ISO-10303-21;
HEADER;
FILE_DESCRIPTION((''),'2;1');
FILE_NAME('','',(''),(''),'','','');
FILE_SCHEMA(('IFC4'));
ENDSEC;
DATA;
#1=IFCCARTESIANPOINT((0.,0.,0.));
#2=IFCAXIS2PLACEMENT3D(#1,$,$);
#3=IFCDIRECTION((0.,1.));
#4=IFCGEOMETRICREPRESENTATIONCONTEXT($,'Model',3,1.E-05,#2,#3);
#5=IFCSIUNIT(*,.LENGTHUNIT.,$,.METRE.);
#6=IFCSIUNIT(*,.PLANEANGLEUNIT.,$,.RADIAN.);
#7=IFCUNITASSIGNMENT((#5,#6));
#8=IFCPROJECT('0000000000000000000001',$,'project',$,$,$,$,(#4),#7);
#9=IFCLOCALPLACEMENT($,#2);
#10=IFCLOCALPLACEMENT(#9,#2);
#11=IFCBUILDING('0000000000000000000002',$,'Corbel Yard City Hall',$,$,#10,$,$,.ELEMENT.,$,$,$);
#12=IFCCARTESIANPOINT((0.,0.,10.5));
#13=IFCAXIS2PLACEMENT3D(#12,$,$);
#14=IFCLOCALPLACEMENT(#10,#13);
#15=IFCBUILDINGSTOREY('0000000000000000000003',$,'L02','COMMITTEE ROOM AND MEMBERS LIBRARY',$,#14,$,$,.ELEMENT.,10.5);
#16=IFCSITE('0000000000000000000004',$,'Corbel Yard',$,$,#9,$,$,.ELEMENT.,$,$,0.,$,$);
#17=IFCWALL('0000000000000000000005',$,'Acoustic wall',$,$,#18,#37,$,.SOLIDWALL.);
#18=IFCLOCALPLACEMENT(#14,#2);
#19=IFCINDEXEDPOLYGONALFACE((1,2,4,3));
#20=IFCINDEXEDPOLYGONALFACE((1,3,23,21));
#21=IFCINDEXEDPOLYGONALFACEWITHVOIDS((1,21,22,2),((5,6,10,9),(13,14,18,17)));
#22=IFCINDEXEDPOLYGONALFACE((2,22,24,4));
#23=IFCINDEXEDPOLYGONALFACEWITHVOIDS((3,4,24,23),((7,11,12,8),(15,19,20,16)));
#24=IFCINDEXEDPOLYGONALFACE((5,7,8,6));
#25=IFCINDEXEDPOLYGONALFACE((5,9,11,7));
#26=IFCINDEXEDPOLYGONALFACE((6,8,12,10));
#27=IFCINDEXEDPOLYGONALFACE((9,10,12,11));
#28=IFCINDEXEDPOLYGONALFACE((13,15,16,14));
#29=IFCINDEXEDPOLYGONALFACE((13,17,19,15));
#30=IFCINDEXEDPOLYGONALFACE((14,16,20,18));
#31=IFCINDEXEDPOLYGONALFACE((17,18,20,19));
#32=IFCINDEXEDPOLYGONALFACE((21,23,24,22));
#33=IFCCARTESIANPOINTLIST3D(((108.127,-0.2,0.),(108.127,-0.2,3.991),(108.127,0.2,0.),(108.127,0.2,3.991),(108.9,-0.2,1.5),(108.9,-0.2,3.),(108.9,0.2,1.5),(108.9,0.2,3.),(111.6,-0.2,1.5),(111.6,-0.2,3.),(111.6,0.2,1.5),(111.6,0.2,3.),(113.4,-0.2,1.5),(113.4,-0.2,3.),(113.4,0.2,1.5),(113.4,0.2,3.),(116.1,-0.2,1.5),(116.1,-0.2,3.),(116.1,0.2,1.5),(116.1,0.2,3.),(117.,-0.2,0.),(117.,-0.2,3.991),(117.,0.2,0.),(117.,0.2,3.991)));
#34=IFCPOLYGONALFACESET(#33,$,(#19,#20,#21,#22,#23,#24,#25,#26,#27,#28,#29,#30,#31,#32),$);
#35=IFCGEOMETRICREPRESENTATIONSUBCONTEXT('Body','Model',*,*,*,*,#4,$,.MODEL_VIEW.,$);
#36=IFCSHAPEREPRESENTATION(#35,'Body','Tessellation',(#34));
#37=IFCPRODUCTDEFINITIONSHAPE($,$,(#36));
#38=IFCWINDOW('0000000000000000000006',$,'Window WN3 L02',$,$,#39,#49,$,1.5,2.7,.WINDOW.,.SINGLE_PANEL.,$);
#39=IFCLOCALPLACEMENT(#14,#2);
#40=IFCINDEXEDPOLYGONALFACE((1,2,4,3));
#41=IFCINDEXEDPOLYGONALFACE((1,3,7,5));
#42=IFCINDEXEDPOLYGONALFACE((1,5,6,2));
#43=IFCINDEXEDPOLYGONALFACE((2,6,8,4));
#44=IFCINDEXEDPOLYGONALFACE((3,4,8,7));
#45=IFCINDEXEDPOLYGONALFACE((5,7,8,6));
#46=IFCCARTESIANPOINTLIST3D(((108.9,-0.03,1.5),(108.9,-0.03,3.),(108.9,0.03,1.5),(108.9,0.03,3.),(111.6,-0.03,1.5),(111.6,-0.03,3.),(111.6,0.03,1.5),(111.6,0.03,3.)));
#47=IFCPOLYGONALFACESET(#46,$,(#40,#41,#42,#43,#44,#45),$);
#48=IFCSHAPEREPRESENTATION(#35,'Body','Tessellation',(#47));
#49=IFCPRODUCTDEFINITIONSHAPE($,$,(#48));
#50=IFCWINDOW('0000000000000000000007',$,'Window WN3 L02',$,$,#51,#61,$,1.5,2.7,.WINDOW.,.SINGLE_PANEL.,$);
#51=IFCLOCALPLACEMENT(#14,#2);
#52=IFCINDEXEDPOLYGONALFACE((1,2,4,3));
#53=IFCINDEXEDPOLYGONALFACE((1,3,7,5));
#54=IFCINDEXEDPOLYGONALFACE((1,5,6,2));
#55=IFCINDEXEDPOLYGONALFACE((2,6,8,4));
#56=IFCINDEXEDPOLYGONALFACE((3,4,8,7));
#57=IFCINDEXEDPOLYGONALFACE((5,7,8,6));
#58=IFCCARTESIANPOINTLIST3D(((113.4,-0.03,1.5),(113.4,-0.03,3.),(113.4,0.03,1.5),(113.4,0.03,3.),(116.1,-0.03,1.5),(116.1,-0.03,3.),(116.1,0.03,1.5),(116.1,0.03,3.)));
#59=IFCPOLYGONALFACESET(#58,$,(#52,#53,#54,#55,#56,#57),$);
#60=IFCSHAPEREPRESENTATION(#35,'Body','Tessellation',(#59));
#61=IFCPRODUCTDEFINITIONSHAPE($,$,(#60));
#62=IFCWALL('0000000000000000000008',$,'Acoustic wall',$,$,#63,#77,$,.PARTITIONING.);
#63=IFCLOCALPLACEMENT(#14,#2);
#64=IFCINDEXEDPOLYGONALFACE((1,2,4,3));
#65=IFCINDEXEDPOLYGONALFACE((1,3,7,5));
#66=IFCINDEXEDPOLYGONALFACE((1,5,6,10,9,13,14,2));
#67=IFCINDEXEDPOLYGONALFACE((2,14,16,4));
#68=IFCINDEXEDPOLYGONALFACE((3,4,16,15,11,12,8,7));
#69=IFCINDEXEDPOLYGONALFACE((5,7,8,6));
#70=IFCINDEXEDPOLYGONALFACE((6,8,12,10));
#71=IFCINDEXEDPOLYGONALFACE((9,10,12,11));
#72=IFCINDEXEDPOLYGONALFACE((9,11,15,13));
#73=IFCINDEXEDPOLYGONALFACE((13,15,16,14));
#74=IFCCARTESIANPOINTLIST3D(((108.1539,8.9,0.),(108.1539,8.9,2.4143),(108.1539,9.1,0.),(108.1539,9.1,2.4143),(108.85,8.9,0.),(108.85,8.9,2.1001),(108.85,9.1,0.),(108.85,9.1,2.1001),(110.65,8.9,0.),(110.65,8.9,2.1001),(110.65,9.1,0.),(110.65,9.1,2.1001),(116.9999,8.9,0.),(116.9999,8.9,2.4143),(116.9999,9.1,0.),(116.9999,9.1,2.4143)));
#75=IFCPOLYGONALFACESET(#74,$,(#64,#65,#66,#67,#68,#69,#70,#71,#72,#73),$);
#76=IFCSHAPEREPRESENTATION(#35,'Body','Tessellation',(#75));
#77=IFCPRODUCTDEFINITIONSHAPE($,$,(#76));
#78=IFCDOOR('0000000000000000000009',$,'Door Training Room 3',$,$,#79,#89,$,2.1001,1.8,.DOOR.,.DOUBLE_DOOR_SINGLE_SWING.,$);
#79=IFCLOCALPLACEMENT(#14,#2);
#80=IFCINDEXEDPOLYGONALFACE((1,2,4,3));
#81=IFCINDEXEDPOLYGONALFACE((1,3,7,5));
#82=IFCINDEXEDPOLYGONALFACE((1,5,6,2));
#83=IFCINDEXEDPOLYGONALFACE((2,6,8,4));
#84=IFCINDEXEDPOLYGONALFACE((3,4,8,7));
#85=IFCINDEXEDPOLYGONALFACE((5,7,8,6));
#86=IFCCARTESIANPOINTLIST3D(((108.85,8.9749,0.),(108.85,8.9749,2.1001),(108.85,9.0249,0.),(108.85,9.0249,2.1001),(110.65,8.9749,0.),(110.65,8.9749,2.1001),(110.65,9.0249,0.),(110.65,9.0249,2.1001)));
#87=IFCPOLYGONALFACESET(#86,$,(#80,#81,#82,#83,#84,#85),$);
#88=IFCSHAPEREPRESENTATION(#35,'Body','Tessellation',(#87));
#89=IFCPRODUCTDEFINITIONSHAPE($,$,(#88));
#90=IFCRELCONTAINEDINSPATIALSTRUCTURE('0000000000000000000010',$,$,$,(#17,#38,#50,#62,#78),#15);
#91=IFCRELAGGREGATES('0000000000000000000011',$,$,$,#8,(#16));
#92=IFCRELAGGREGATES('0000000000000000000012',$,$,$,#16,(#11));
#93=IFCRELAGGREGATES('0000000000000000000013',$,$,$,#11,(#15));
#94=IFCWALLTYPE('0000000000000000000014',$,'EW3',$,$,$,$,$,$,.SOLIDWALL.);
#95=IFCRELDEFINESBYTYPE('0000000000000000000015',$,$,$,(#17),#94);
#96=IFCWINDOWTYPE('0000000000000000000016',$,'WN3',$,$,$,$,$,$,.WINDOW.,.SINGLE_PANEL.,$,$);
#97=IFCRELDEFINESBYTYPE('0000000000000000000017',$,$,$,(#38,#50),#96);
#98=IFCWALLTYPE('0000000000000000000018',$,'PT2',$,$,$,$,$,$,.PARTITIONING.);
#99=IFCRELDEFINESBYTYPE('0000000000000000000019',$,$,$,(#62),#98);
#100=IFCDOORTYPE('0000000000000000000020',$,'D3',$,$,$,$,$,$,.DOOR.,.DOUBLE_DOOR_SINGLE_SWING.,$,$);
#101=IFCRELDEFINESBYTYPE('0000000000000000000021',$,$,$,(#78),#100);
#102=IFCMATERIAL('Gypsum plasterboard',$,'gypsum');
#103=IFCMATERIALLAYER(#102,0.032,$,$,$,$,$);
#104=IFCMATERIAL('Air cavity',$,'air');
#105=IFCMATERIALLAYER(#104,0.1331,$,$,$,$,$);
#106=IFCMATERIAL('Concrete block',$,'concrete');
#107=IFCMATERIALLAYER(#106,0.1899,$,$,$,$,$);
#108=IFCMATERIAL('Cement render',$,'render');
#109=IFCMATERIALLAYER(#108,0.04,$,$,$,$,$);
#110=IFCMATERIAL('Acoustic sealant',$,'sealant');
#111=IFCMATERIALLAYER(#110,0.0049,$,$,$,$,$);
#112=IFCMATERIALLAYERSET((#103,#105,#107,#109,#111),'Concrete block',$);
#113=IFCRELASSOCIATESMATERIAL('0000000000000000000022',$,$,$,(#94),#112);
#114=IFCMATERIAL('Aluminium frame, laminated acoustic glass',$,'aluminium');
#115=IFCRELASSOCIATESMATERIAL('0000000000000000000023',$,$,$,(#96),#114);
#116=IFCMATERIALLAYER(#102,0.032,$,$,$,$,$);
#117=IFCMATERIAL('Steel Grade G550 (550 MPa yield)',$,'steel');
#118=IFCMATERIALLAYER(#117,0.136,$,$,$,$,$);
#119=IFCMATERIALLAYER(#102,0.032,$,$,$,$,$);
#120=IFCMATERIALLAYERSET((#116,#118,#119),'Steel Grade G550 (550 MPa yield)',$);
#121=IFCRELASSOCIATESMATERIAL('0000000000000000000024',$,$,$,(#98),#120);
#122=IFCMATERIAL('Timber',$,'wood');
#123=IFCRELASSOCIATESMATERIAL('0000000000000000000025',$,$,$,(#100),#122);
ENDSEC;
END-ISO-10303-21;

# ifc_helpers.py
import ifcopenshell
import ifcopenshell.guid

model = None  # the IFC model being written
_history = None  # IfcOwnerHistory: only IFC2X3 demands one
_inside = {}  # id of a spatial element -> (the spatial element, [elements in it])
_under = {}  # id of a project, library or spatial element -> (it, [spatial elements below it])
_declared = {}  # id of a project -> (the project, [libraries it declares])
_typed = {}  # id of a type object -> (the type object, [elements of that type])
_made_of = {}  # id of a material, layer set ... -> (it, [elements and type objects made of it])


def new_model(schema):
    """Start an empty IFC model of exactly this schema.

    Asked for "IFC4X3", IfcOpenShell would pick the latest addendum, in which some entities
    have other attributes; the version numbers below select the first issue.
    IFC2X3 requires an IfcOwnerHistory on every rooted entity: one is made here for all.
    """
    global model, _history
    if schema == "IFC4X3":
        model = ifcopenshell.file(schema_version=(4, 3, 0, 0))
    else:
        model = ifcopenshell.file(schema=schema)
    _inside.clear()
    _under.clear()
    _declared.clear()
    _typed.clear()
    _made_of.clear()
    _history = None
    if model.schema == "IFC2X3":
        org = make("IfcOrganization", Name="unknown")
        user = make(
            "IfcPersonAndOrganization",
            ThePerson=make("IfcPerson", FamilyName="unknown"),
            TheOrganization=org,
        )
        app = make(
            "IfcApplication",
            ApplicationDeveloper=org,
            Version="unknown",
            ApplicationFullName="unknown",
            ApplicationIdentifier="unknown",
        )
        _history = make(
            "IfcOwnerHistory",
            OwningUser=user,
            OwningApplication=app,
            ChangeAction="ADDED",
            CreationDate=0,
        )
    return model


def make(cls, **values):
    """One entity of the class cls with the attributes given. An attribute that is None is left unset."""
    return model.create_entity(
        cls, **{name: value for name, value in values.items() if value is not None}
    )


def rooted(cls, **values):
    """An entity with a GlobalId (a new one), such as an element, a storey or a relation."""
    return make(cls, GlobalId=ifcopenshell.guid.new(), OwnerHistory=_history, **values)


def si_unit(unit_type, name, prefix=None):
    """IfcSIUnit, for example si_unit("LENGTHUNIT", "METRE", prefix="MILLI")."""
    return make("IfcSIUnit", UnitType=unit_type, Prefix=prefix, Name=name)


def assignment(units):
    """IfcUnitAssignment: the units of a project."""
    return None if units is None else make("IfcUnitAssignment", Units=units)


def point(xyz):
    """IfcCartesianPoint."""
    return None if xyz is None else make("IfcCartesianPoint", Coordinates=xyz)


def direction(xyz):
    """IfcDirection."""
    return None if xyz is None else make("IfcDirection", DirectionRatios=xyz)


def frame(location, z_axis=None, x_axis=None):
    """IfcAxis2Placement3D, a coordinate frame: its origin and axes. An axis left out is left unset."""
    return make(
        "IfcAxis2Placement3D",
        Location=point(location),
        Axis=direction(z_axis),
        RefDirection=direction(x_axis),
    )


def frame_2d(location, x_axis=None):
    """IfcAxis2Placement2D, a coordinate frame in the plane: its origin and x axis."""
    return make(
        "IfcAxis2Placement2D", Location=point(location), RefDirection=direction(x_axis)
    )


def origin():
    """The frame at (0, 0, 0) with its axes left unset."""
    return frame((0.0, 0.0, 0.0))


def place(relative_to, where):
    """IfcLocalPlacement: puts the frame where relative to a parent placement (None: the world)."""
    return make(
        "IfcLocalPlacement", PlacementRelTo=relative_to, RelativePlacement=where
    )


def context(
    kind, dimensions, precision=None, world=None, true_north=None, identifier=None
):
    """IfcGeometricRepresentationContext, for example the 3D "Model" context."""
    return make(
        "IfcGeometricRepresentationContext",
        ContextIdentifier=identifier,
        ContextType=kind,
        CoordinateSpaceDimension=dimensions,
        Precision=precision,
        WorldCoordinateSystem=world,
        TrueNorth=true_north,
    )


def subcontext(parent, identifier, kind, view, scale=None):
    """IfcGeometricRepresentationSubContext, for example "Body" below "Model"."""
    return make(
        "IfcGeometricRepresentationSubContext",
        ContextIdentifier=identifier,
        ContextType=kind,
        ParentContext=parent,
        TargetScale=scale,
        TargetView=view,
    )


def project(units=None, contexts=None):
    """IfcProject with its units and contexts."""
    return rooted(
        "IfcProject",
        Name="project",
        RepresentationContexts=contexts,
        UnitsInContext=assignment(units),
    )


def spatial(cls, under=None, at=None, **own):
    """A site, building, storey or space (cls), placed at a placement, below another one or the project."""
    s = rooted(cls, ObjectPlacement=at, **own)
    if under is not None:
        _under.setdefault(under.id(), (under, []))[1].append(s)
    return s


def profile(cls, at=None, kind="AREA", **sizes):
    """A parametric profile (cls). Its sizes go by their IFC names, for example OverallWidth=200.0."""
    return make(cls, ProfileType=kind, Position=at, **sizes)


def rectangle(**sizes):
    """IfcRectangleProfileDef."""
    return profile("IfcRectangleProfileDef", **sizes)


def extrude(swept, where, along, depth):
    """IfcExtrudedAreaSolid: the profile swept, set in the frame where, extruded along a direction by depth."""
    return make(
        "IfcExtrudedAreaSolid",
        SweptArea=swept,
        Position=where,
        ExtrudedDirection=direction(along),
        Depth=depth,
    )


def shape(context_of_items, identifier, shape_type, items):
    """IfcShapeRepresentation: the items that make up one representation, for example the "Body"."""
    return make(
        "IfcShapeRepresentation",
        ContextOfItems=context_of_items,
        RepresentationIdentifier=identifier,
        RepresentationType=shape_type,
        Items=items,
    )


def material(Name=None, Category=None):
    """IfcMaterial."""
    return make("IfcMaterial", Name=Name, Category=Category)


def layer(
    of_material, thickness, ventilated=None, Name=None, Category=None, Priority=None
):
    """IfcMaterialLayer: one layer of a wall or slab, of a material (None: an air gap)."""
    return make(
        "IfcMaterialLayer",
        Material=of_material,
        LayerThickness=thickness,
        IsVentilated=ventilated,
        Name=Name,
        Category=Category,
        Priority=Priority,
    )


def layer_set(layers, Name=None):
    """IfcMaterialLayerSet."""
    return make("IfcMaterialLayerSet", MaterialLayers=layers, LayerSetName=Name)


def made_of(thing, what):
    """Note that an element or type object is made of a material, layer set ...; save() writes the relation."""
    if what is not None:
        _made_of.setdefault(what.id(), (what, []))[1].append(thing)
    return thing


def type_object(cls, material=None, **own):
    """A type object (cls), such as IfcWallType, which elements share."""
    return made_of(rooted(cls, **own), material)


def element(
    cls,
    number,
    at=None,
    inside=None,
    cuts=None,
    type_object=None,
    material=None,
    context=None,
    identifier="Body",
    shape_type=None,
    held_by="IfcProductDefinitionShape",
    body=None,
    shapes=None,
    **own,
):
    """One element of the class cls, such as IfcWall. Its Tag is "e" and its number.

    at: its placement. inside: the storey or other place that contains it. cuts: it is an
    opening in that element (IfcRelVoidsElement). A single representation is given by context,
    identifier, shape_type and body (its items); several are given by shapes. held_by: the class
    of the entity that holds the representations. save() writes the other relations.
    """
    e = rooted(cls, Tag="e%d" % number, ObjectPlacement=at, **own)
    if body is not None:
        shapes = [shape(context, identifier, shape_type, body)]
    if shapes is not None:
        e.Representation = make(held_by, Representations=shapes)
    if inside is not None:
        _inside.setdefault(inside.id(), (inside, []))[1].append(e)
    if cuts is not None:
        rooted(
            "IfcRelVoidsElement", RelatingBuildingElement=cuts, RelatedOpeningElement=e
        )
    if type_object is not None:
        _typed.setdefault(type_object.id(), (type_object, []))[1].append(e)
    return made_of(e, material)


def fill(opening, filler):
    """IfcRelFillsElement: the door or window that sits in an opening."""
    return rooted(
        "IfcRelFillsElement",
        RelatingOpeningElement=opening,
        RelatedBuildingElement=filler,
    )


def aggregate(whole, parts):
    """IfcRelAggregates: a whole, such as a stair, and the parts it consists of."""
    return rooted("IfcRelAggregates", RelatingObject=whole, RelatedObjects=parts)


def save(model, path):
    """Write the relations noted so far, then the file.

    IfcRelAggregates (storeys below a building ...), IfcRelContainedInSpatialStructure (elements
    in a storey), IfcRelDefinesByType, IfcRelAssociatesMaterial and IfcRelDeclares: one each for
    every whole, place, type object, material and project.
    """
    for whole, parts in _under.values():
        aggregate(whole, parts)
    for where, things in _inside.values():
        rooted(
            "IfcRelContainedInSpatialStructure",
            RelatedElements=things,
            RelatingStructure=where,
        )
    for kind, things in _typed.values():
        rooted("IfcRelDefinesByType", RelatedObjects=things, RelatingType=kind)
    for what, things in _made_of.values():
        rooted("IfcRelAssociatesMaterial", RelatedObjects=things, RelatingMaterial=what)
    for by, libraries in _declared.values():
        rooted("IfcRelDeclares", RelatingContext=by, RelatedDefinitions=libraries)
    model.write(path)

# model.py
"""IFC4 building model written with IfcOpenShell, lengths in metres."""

from ifc_helpers import new_model, si_unit, direction, frame, frame_2d, origin, place, context, subcontext, project, spatial, rectangle, extrude, material, layer, layer_set, type_object, element, fill, save


model = new_model("IFC4")

# Units and contexts
model_context = context("Model", 3, precision=1e-05, world=origin(), true_north=direction((0.0, 1.0)))
body_context = subcontext(model_context, "Body", "Model", "MODEL_VIEW")
ifc_project = project(units=[si_unit("LENGTHUNIT", "METRE"), si_unit("PLANEANGLEUNIT", "RADIAN")], contexts=[model_context])

# Site, building, storey
site_placement = place(None, origin())
site = spatial("IfcSite", under=ifc_project, at=site_placement, Name="Corbel Yard", CompositionType="ELEMENT", RefElevation=0.0)
building_placement = place(site_placement, origin())
building = spatial("IfcBuilding", under=site, at=building_placement, Name="Corbel Yard City Hall", CompositionType="ELEMENT")
storey_placement = place(building_placement, frame((0.0, 0.0, 10.5)))
storey = spatial("IfcBuildingStorey", under=building, at=storey_placement, Name="L02", Description="COMMITTEE ROOM AND MEMBERS LIBRARY", CompositionType="ELEMENT", Elevation=10.5)

# Wall, openings, windows
ifc_material_1 = material(Name="Gypsum plasterboard", Category="gypsum")
ifc_layer_1 = layer(ifc_material_1, 0.032)
ifc_material_2 = material(Name="Air cavity", Category="air")
ifc_layer_2 = layer(ifc_material_2, 0.1331)
ifc_material_3 = material(Name="Concrete block", Category="concrete")
ifc_layer_3 = layer(ifc_material_3, 0.1899)
ifc_material_4 = material(Name="Cement render", Category="render")
ifc_layer_4 = layer(ifc_material_4, 0.04)
ifc_material_5 = material(Name="Acoustic sealant", Category="sealant")
ifc_layer_5 = layer(ifc_material_5, 0.0049)
ifc_layer_set_1 = layer_set([ifc_layer_1, ifc_layer_2, ifc_layer_3, ifc_layer_4, ifc_layer_5], Name="Concrete block")
wall_type_1 = type_object("IfcWallType", Name="EW3", PredefinedType="SOLIDWALL", material=ifc_layer_set_1)
wall_1_placement = place(storey_placement, frame((108.127, 0.0, 0.0), z_axis=(0.0, 0.0, 1.0), x_axis=(1.0, 0.0, 0.0)))
wall_1 = element("IfcWall", 1, at=wall_1_placement, inside=storey, type_object=wall_type_1, Name="Acoustic wall", PredefinedType="SOLIDWALL", context=body_context, shape_type="SweptSolid", body=[
    extrude(rectangle(XDim=8.873, YDim=0.3999, at=frame_2d((4.4365, 0.0))), origin(), (0.0, 0.0, 1.0), 3.991),
])
opening_1_placement = place(wall_1_placement, frame((0.7729, 0.0, 1.5)))
opening_1 = element("IfcOpeningElement", 2, at=opening_1_placement, cuts=wall_1, PredefinedType="OPENING", context=body_context, shape_type="SweptSolid", body=[
    extrude(rectangle(XDim=2.7, YDim=1.5, at=frame_2d((1.3501, 0.75))), frame((0.0, 0.21, 0.0), z_axis=(0.0, -1.0, 0.0), x_axis=(1.0, 0.0, 0.0)), (0.0, 0.0, 1.0), 0.4199),
])
opening_2_placement = place(wall_1_placement, frame((5.2729, 0.0, 1.5)))
opening_2 = element("IfcOpeningElement", 3, at=opening_2_placement, cuts=wall_1, PredefinedType="OPENING", context=body_context, shape_type="SweptSolid", body=[
    extrude(rectangle(XDim=2.7, YDim=1.5, at=frame_2d((1.3501, 0.75))), frame((0.0, 0.21, 0.0), z_axis=(0.0, -1.0, 0.0), x_axis=(1.0, 0.0, 0.0)), (0.0, 0.0, 1.0), 0.4199),
])
ifc_material_6 = material(Name="Aluminium frame, laminated acoustic glass", Category="aluminium")
window_type = type_object("IfcWindowType", Name="WN3", PartitioningType="SINGLE_PANEL", PredefinedType="WINDOW", material=ifc_material_6)
window_1_placement = place(opening_1_placement, origin())
window_1 = element("IfcWindow", 4, at=window_1_placement, inside=storey, type_object=window_type, Name="Window WN3 L02", OverallHeight=1.5, OverallWidth=2.7, PartitioningType="SINGLE_PANEL", PredefinedType="WINDOW", context=body_context, shape_type="SweptSolid", body=[
    extrude(rectangle(XDim=2.7, YDim=1.5, at=frame_2d((1.3501, 0.75))), frame((0.0, 0.03, 0.0), z_axis=(0.0, -1.0, 0.0), x_axis=(1.0, 0.0, 0.0)), (0.0, 0.0, 1.0), 0.0601),
])
fill(opening_1, window_1)
window_2_placement = place(opening_2_placement, origin())
window_2 = element("IfcWindow", 5, at=window_2_placement, inside=storey, type_object=window_type, Name="Window WN3 L02", OverallHeight=1.5, OverallWidth=2.7, PartitioningType="SINGLE_PANEL", PredefinedType="WINDOW", context=body_context, shape_type="SweptSolid", body=[
    extrude(rectangle(XDim=2.7, YDim=1.5, at=frame_2d((1.3501, 0.75))), frame((0.0, 0.03, 0.0), z_axis=(0.0, -1.0, 0.0), x_axis=(1.0, 0.0, 0.0)), (0.0, 0.0, 1.0), 0.0601),
])
fill(opening_2, window_2)

# Wall, opening, door
ifc_layer_6 = layer(ifc_material_1, 0.032)
ifc_material_7 = material(Name="Steel Grade G550 (550 MPa yield)", Category="steel")
ifc_layer_7 = layer(ifc_material_7, 0.136)
ifc_layer_8 = layer(ifc_material_1, 0.032)
ifc_layer_set_2 = layer_set([ifc_layer_6, ifc_layer_7, ifc_layer_8], Name="Steel Grade G550 (550 MPa yield)")
wall_type_2 = type_object("IfcWallType", Name="PT2", PredefinedType="PARTITIONING", material=ifc_layer_set_2)
wall_2_placement = place(storey_placement, frame((108.1541, 9.0, 0.0), z_axis=(0.0, 0.0, 1.0), x_axis=(1.0, 0.0, 0.0)))
wall_2 = element("IfcWall", 6, at=wall_2_placement, inside=storey, type_object=wall_type_2, Name="Acoustic wall", PredefinedType="PARTITIONING", context=body_context, shape_type="SweptSolid", body=[
    extrude(rectangle(XDim=8.8459, YDim=0.2, at=frame_2d((4.4229, 0.0))), origin(), (0.0, 0.0, 1.0), 2.4143),
])
opening_3_placement = place(wall_2_placement, frame((0.696, 0.0, 0.0)))
opening_3 = element("IfcOpeningElement", 7, at=opening_3_placement, cuts=wall_2, PredefinedType="OPENING", context=body_context, shape_type="SweptSolid", body=[
    extrude(rectangle(XDim=1.8, YDim=2.1001, at=frame_2d((0.8999, 1.05))), frame((0.0, 0.1099, 0.0), z_axis=(0.0, -1.0, 0.0), x_axis=(1.0, 0.0, 0.0)), (0.0, 0.0, 1.0), 0.22),
])
ifc_material_8 = material(Name="Timber", Category="wood")
door_type = type_object("IfcDoorType", Name="D3", OperationType="DOUBLE_DOOR_SINGLE_SWING", PredefinedType="DOOR", material=ifc_material_8)
door_placement = place(opening_3_placement, origin())
door = element("IfcDoor", 8, at=door_placement, inside=storey, type_object=door_type, Name="Door Training Room 3", OperationType="DOUBLE_DOOR_SINGLE_SWING", OverallHeight=2.1001, OverallWidth=1.8, PredefinedType="DOOR", context=body_context, shape_type="SweptSolid", body=[
    extrude(rectangle(XDim=1.8, YDim=2.1001, at=frame_2d((0.8999, 1.05))), frame((0.0, 0.0249, 0.0), z_axis=(0.0, -1.0, 0.0), x_axis=(1.0, 0.0, 0.0)), (0.0, 0.0, 1.0), 0.05),
])
fill(opening_3, door)

save(model, "model.ifc")
